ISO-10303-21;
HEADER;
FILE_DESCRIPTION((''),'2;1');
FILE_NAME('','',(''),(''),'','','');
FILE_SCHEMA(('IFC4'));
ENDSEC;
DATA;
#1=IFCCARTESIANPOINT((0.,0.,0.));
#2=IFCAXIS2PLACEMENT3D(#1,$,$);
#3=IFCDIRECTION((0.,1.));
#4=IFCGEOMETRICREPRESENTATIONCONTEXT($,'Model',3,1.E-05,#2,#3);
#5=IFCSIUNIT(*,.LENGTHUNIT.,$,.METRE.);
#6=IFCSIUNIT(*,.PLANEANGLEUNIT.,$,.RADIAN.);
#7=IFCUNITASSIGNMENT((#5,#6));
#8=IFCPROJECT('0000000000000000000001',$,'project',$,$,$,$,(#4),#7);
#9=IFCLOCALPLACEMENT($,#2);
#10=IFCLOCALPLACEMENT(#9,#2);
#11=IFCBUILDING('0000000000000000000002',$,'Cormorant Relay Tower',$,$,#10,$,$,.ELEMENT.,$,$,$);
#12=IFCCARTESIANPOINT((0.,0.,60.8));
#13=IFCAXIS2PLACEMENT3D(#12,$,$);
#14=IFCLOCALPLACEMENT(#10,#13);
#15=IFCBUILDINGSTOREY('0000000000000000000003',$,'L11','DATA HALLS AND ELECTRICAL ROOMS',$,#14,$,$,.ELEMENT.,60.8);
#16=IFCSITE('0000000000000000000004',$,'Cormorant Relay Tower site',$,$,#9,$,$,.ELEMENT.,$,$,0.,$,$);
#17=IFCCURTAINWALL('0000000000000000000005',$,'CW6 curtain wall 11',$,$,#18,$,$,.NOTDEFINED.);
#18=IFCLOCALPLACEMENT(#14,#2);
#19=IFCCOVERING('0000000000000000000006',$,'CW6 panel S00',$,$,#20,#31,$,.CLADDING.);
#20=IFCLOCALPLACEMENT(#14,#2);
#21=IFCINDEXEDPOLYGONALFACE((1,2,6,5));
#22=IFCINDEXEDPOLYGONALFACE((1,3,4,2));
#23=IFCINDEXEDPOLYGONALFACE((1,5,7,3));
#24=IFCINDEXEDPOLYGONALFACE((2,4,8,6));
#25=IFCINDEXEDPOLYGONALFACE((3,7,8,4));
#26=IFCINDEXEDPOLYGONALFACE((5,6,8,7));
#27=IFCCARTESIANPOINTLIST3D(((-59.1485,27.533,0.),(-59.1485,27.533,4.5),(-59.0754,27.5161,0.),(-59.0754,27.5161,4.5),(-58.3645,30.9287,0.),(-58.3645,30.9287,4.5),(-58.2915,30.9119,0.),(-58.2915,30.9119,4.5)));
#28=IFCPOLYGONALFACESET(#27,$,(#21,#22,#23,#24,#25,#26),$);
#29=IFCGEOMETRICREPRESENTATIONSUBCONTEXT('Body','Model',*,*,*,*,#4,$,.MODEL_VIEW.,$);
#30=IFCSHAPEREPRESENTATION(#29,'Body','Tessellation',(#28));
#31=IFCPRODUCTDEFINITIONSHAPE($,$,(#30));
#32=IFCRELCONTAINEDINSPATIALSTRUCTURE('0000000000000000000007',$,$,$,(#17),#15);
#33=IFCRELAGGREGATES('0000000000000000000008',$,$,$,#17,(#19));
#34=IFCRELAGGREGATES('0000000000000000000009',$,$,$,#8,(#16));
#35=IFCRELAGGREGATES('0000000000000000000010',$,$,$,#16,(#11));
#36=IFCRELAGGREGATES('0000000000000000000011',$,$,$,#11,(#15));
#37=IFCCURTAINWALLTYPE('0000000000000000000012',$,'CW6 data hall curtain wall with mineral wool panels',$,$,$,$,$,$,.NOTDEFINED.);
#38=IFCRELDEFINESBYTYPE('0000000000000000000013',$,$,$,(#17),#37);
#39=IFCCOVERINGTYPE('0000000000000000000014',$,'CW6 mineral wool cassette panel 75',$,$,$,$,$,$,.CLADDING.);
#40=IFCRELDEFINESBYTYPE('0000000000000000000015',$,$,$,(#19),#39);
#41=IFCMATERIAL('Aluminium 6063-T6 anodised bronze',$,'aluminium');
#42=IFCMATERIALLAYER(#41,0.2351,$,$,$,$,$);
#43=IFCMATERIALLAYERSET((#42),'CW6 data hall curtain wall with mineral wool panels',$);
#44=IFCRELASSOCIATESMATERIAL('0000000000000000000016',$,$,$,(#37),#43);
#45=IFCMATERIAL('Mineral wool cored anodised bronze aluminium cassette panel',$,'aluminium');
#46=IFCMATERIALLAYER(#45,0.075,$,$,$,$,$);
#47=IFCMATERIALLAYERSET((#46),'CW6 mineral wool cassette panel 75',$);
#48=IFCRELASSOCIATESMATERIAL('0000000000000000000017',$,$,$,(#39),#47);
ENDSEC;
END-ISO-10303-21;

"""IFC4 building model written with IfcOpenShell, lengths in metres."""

from ifc_helpers import new_model, si_unit, direction, frame, origin, origin_2d, place, context, subcontext, project, spatial, rectangle, extrude, material, layer, layer_set, type_object, element, aggregate, save


model = new_model("IFC4")

# Units and contexts
model_context = context("Model", 3, precision=1e-05, world=origin(), true_north=direction((0.0, 1.0)))
body_context = subcontext(model_context, "Body", "Model", "MODEL_VIEW")
ifc_project = project(units=[si_unit("LENGTHUNIT", "METRE"), si_unit("PLANEANGLEUNIT", "RADIAN")], contexts=[model_context])

# Site, building, storey
site_placement = place(None, origin())
site = spatial("IfcSite", under=ifc_project, at=site_placement, Name="Cormorant Relay Tower site", CompositionType="ELEMENT", RefElevation=0.0)
building_placement = place(site_placement, origin())
building = spatial("IfcBuilding", under=site, at=building_placement, Name="Cormorant Relay Tower", CompositionType="ELEMENT")
storey_placement = place(building_placement, frame((0.0, 0.0, 60.8)))
storey = spatial("IfcBuildingStorey", under=building, at=storey_placement, Name="L11", Description="DATA HALLS AND ELECTRICAL ROOMS", CompositionType="ELEMENT", Elevation=60.8)

# Shared definitions
ifc_material_1 = material(Name="Aluminium 6063-T6 anodised bronze", Category="aluminium")
ifc_layer_1 = layer(ifc_material_1, 0.2351)
ifc_layer_set_1 = layer_set([ifc_layer_1], Name="CW6 data hall curtain wall with mineral wool panels")
curtain_wall_type = type_object("IfcCurtainWallType", Name="CW6 data hall curtain wall with mineral wool panels", PredefinedType="NOTDEFINED", material=ifc_layer_set_1)

# Curtain wall
curtain_wall_1_placement = place(storey_placement, origin())
curtain_wall_1 = element("IfcCurtainWall", 1, at=curtain_wall_1_placement, inside=storey, type_object=curtain_wall_type, Name="CW6 curtain wall 11", PredefinedType="NOTDEFINED")

# Covering
ifc_material_2 = material(Name="Mineral wool cored anodised bronze aluminium cassette panel", Category="aluminium")
ifc_layer_2 = layer(ifc_material_2, 0.075)
ifc_layer_set_2 = layer_set([ifc_layer_2], Name="CW6 mineral wool cassette panel 75")
covering_type = type_object("IfcCoveringType", Name="CW6 mineral wool cassette panel 75", PredefinedType="CLADDING", material=ifc_layer_set_2)
covering_1_placement = place(storey_placement, frame((-58.72, 29.2224, 0.0), z_axis=(0.0, 0.0, 1.0), x_axis=(-0.224951, -0.97437, 0.0)))
covering_1 = element("IfcCovering", 2, at=covering_1_placement, type_object=covering_type, Name="CW6 panel S00", PredefinedType="CLADDING", context=body_context, shape_type="SweptSolid", body=[
    extrude(rectangle(XDim=3.4851, YDim=0.075, at=origin_2d()), origin(), (0.0, 0.0, 1.0), 4.5),
])
aggregate(curtain_wall_1, [covering_1])

save(model, "model.ifc")
